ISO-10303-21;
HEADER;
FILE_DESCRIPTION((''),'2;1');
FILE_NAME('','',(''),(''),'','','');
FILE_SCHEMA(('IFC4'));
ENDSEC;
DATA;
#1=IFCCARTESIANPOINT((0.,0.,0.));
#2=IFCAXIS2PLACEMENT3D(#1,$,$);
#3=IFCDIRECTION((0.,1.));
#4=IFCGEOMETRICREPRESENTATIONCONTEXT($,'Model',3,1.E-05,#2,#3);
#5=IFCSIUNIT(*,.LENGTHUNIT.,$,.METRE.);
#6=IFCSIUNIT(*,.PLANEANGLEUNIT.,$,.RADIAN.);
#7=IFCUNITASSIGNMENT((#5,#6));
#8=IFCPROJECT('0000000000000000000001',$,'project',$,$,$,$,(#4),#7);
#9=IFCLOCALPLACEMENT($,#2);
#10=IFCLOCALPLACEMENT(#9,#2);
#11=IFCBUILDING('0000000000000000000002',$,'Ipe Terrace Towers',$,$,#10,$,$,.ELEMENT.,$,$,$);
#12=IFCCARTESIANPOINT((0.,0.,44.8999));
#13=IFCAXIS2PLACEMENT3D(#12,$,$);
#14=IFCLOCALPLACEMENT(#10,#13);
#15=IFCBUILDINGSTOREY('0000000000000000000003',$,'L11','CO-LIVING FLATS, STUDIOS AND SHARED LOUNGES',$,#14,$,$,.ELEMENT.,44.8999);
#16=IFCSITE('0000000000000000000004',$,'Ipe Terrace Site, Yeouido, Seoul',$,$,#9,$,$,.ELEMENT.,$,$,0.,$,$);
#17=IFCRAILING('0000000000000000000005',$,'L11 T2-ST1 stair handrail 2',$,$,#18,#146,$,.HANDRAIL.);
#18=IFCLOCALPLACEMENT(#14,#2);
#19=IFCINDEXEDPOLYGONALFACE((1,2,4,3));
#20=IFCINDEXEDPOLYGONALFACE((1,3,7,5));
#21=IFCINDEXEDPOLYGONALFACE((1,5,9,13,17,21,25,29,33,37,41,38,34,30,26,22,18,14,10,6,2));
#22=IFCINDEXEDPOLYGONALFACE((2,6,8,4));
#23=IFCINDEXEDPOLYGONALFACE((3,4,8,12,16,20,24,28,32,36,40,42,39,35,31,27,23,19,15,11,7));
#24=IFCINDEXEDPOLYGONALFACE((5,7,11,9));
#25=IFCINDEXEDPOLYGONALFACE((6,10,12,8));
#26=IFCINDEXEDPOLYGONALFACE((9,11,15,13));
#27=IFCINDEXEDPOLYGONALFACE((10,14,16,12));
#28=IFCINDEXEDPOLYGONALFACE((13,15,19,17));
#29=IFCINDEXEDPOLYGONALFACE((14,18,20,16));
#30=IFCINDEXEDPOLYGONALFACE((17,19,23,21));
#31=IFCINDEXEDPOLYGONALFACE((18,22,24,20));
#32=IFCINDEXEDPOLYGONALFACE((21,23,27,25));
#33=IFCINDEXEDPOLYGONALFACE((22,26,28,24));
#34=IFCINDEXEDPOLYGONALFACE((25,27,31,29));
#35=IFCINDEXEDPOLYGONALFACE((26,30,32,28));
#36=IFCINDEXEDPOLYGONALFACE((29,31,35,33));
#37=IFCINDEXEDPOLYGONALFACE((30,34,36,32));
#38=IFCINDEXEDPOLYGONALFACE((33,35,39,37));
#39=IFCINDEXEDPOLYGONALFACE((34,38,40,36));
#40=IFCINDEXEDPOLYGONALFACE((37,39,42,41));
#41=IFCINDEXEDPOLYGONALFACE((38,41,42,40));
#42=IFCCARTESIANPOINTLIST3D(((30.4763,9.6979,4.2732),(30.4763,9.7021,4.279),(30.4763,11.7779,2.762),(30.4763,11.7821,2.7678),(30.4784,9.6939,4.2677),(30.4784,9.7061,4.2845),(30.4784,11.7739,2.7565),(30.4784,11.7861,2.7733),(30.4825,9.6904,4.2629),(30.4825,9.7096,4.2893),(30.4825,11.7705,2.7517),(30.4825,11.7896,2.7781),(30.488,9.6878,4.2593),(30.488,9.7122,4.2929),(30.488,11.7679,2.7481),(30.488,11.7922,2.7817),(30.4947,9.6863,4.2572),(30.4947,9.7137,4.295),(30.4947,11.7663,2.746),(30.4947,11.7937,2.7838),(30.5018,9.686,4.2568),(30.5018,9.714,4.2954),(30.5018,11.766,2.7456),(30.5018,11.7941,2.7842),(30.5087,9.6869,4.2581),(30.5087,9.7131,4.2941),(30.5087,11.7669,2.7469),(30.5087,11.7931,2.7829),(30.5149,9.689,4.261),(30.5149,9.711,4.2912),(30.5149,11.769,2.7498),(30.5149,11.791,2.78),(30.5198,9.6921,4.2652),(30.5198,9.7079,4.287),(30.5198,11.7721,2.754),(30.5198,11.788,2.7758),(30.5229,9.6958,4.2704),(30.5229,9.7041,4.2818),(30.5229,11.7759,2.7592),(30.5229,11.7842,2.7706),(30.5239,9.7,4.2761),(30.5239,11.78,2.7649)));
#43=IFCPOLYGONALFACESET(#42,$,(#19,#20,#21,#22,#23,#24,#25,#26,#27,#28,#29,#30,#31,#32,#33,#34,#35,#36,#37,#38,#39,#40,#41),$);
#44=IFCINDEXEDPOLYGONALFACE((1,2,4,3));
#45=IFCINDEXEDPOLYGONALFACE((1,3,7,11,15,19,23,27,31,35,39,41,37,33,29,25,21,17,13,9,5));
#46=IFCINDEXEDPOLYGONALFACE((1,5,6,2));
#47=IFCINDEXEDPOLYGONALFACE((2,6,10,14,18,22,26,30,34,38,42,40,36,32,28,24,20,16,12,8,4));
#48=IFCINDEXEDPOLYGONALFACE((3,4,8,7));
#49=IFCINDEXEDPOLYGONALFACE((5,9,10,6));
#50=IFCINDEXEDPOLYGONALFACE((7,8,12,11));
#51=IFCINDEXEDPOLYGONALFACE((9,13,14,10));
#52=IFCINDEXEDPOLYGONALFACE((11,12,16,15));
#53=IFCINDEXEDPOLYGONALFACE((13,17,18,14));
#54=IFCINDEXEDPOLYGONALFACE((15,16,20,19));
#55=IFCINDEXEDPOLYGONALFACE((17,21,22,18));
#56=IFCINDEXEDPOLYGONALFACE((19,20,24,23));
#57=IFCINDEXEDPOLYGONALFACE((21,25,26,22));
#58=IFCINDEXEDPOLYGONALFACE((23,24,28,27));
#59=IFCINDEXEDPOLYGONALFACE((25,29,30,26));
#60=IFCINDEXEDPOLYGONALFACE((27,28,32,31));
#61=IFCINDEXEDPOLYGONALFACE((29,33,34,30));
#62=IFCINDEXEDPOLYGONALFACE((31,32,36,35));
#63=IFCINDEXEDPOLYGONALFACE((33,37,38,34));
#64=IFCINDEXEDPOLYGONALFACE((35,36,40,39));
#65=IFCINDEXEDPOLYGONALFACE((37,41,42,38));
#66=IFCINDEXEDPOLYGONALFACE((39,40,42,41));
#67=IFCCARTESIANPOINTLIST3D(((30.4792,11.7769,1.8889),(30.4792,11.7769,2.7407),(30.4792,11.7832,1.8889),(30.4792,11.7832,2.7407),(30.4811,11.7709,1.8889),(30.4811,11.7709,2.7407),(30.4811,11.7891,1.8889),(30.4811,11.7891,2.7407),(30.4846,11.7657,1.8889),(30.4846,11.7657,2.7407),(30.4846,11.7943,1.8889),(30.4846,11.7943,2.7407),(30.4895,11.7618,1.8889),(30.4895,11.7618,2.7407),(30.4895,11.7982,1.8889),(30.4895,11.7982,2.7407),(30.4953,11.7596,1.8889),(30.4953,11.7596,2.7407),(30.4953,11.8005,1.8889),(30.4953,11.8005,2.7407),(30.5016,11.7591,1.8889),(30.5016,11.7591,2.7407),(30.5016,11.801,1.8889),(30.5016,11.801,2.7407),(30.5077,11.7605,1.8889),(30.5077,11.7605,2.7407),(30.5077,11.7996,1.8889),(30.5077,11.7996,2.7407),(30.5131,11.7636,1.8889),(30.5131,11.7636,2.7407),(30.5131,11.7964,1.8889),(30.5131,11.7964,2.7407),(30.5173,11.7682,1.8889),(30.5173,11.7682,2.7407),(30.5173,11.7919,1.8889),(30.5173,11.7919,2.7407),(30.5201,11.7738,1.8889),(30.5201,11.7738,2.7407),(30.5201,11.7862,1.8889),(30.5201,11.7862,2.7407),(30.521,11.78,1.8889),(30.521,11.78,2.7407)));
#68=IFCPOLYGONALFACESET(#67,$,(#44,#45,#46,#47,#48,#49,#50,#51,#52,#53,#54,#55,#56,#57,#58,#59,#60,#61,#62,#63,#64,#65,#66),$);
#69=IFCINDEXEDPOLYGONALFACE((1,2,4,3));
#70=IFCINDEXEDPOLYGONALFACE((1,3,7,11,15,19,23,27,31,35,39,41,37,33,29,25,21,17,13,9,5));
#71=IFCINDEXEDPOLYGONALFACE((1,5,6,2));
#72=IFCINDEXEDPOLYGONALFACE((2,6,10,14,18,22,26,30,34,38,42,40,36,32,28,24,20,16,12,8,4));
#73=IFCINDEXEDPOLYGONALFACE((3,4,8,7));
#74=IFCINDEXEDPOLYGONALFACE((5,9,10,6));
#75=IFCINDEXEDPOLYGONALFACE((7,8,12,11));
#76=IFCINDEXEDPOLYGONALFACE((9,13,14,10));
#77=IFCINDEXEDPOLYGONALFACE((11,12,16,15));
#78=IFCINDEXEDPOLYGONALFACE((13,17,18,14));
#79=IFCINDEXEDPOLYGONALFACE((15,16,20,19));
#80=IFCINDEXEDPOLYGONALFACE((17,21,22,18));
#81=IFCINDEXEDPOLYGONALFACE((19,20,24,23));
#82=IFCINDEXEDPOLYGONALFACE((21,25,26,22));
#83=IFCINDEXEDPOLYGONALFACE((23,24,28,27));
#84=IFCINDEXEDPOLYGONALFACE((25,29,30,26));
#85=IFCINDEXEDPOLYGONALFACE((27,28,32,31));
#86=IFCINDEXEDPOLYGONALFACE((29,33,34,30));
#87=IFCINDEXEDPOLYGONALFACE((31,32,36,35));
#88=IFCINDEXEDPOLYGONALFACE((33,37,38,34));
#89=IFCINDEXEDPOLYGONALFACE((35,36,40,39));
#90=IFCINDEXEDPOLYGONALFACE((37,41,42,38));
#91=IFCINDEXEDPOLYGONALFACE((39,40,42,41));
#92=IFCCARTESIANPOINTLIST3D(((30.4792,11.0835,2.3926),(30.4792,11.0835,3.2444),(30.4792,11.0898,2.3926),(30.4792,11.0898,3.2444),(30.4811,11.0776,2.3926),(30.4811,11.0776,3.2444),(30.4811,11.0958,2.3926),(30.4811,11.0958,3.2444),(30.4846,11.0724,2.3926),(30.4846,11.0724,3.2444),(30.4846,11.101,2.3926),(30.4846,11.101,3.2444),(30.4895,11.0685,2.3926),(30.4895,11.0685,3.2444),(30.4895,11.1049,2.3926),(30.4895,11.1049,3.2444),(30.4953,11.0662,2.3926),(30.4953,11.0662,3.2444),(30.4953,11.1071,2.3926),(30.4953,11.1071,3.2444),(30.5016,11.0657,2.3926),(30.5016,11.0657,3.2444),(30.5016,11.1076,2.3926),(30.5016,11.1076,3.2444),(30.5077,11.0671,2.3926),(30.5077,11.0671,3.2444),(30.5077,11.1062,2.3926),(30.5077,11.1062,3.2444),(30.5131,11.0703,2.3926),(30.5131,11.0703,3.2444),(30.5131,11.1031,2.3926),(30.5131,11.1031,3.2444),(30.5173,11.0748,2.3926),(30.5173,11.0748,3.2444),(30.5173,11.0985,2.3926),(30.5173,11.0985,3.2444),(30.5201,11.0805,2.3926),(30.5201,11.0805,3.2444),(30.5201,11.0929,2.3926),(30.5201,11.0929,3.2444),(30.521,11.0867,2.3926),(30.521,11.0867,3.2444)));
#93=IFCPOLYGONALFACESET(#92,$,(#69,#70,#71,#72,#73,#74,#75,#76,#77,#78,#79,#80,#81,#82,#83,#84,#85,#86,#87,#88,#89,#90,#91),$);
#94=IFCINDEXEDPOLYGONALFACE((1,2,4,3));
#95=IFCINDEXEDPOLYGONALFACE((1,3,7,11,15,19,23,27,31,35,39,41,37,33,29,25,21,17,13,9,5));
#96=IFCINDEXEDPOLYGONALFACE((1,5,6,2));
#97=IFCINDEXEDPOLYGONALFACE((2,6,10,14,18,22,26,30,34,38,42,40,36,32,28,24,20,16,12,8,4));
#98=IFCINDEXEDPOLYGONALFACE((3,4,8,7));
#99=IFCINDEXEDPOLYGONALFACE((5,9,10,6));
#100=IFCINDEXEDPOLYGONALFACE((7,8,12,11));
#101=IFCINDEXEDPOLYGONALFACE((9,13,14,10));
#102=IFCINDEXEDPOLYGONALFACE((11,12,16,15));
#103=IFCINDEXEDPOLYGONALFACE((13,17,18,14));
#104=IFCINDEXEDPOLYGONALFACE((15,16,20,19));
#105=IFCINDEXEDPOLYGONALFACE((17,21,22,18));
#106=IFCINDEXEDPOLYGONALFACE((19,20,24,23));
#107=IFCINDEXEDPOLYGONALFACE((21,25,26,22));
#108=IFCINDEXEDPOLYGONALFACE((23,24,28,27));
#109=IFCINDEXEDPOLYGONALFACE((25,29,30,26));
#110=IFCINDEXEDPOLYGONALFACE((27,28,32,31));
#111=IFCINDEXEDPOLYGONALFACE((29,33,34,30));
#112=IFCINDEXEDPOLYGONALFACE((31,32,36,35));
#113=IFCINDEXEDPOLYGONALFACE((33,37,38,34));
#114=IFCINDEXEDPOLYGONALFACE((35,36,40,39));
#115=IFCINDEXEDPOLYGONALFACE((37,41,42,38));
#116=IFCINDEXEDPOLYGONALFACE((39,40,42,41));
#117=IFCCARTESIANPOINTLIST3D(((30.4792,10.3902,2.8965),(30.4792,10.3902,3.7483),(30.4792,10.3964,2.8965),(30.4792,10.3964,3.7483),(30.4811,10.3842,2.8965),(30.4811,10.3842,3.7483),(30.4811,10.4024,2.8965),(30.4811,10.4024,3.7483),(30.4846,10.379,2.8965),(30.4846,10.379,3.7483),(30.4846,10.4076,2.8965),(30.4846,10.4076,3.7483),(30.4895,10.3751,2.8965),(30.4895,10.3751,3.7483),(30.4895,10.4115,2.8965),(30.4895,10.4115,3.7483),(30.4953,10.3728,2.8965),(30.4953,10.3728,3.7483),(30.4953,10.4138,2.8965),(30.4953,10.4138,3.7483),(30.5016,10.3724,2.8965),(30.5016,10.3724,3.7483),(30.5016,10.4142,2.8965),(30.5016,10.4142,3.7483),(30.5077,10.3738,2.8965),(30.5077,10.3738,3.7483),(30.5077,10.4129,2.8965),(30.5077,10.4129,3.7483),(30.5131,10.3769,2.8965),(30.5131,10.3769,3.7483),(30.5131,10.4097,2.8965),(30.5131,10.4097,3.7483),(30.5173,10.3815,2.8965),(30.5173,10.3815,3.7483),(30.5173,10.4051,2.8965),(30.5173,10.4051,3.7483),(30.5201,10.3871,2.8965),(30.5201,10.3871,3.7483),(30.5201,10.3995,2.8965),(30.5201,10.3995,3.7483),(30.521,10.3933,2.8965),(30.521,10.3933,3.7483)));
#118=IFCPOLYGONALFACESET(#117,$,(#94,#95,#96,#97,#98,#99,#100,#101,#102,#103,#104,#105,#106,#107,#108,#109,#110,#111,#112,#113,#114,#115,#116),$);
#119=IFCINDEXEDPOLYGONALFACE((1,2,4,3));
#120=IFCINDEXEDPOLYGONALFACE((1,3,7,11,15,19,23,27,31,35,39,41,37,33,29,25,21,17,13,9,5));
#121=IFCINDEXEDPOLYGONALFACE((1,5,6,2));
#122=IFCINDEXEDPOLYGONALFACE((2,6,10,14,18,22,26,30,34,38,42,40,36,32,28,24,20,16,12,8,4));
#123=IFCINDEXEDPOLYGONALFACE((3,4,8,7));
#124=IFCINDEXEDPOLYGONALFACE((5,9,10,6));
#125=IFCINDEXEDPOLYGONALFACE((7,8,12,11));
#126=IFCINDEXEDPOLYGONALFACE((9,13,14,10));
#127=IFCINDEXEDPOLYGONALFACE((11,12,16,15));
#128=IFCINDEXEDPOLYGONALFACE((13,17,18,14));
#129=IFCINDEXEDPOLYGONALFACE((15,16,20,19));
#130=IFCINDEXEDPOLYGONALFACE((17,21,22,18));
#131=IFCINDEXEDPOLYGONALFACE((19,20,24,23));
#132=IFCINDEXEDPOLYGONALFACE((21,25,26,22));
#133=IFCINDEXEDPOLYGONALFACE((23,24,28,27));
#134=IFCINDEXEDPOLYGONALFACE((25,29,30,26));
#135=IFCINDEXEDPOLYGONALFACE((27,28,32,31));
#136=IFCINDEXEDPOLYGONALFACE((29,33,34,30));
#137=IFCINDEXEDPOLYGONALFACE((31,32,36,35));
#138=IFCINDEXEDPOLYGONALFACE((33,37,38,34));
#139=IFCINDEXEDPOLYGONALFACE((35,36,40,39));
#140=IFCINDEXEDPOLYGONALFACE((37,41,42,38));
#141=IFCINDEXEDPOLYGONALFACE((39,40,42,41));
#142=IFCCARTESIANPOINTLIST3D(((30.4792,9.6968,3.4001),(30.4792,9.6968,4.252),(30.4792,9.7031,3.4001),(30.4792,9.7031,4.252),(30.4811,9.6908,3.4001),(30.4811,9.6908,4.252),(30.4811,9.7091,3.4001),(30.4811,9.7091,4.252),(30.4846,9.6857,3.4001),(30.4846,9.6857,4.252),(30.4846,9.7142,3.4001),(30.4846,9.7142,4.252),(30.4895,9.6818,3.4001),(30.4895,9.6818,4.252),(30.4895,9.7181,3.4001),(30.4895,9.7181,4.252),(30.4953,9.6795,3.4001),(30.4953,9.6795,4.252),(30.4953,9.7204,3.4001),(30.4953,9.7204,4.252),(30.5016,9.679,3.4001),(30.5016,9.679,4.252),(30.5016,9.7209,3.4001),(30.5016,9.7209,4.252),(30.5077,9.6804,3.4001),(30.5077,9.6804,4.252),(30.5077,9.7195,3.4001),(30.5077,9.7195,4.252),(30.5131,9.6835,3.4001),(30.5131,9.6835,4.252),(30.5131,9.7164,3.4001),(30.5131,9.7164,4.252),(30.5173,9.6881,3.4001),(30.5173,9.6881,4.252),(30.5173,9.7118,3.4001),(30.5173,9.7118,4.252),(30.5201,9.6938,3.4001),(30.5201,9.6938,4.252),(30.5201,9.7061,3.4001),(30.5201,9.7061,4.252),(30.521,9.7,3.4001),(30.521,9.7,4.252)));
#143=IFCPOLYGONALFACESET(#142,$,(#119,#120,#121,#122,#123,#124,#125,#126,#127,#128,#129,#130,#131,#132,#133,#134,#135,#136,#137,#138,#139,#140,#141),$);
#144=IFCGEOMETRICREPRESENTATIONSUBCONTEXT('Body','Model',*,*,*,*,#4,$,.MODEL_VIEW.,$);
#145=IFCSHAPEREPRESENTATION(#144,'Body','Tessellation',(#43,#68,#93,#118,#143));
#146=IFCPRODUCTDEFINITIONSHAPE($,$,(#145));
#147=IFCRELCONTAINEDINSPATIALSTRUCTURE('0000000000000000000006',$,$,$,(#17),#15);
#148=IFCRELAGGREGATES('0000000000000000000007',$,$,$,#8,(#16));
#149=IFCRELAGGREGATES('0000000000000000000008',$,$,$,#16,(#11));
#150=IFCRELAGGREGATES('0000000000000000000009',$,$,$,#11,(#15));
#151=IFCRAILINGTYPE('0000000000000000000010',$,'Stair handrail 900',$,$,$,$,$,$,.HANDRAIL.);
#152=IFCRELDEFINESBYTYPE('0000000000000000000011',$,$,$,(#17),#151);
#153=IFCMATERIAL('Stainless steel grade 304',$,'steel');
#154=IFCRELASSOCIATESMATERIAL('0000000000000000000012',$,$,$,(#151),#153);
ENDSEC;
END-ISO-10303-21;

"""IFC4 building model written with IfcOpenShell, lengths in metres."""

from ifc_helpers import new_model, si_unit, direction, frame, origin, origin_2d, place, context, subcontext, project, spatial, circle, extrude, material, type_object, element, save


model = new_model("IFC4")

# Units and contexts
model_context = context("Model", 3, precision=1e-05, world=origin(), true_north=direction((0.0, 1.0)))
body_context = subcontext(model_context, "Body", "Model", "MODEL_VIEW")
ifc_project = project(units=[si_unit("LENGTHUNIT", "METRE"), si_unit("PLANEANGLEUNIT", "RADIAN")], contexts=[model_context])

# Site, building, storey
site_placement = place(None, origin())
site = spatial("IfcSite", under=ifc_project, at=site_placement, Name="Ipe Terrace Site, Yeouido, Seoul", CompositionType="ELEMENT", RefElevation=0.0)
building_placement = place(site_placement, origin())
building = spatial("IfcBuilding", under=site, at=building_placement, Name="Ipe Terrace Towers", CompositionType="ELEMENT")
storey_placement = place(building_placement, frame((0.0, 0.0, 44.8999)))
storey = spatial("IfcBuildingStorey", under=building, at=storey_placement, Name="L11", Description="CO-LIVING FLATS, STUDIOS AND SHARED LOUNGES", CompositionType="ELEMENT", Elevation=44.8999)

# Railing
ifc_material_1 = material(Name="Stainless steel grade 304", Category="steel")
railing_type_1 = type_object("IfcRailingType", Name="Stair handrail 900", PredefinedType="HANDRAIL", material=ifc_material_1)
railing_1_placement = place(storey_placement, frame((30.5, 11.78, 1.8889)))
element("IfcRailing", 1, at=railing_1_placement, inside=storey, type_object=railing_type_1, Name="L11 T2-ST1 stair handrail 2", PredefinedType="HANDRAIL", context=body_context, shape_type="SweptSolid", body=[
    extrude(circle(Radius=0.0239, at=origin_2d()), frame((0.0, 0.0, 0.876), z_axis=(0.0, -0.809023, 0.587776), x_axis=(1.0, 0.0, 0.0)), (0.0, 0.0, 1.0), 2.571),
    extrude(circle(Radius=0.021, at=origin_2d()), origin(), (0.0, 0.0, 1.0), 0.8518),
    extrude(circle(Radius=0.021, at=origin_2d()), frame((0.0, -0.6934, 0.5037)), (0.0, 0.0, 1.0), 0.8518),
    extrude(circle(Radius=0.021, at=origin_2d()), frame((0.0, -1.3867, 1.0076)), (0.0, 0.0, 1.0), 0.8518),
    extrude(circle(Radius=0.021, at=origin_2d()), frame((0.0, -2.0801, 1.5112)), (0.0, 0.0, 1.0), 0.8518),
])

save(model, "model.ifc")
